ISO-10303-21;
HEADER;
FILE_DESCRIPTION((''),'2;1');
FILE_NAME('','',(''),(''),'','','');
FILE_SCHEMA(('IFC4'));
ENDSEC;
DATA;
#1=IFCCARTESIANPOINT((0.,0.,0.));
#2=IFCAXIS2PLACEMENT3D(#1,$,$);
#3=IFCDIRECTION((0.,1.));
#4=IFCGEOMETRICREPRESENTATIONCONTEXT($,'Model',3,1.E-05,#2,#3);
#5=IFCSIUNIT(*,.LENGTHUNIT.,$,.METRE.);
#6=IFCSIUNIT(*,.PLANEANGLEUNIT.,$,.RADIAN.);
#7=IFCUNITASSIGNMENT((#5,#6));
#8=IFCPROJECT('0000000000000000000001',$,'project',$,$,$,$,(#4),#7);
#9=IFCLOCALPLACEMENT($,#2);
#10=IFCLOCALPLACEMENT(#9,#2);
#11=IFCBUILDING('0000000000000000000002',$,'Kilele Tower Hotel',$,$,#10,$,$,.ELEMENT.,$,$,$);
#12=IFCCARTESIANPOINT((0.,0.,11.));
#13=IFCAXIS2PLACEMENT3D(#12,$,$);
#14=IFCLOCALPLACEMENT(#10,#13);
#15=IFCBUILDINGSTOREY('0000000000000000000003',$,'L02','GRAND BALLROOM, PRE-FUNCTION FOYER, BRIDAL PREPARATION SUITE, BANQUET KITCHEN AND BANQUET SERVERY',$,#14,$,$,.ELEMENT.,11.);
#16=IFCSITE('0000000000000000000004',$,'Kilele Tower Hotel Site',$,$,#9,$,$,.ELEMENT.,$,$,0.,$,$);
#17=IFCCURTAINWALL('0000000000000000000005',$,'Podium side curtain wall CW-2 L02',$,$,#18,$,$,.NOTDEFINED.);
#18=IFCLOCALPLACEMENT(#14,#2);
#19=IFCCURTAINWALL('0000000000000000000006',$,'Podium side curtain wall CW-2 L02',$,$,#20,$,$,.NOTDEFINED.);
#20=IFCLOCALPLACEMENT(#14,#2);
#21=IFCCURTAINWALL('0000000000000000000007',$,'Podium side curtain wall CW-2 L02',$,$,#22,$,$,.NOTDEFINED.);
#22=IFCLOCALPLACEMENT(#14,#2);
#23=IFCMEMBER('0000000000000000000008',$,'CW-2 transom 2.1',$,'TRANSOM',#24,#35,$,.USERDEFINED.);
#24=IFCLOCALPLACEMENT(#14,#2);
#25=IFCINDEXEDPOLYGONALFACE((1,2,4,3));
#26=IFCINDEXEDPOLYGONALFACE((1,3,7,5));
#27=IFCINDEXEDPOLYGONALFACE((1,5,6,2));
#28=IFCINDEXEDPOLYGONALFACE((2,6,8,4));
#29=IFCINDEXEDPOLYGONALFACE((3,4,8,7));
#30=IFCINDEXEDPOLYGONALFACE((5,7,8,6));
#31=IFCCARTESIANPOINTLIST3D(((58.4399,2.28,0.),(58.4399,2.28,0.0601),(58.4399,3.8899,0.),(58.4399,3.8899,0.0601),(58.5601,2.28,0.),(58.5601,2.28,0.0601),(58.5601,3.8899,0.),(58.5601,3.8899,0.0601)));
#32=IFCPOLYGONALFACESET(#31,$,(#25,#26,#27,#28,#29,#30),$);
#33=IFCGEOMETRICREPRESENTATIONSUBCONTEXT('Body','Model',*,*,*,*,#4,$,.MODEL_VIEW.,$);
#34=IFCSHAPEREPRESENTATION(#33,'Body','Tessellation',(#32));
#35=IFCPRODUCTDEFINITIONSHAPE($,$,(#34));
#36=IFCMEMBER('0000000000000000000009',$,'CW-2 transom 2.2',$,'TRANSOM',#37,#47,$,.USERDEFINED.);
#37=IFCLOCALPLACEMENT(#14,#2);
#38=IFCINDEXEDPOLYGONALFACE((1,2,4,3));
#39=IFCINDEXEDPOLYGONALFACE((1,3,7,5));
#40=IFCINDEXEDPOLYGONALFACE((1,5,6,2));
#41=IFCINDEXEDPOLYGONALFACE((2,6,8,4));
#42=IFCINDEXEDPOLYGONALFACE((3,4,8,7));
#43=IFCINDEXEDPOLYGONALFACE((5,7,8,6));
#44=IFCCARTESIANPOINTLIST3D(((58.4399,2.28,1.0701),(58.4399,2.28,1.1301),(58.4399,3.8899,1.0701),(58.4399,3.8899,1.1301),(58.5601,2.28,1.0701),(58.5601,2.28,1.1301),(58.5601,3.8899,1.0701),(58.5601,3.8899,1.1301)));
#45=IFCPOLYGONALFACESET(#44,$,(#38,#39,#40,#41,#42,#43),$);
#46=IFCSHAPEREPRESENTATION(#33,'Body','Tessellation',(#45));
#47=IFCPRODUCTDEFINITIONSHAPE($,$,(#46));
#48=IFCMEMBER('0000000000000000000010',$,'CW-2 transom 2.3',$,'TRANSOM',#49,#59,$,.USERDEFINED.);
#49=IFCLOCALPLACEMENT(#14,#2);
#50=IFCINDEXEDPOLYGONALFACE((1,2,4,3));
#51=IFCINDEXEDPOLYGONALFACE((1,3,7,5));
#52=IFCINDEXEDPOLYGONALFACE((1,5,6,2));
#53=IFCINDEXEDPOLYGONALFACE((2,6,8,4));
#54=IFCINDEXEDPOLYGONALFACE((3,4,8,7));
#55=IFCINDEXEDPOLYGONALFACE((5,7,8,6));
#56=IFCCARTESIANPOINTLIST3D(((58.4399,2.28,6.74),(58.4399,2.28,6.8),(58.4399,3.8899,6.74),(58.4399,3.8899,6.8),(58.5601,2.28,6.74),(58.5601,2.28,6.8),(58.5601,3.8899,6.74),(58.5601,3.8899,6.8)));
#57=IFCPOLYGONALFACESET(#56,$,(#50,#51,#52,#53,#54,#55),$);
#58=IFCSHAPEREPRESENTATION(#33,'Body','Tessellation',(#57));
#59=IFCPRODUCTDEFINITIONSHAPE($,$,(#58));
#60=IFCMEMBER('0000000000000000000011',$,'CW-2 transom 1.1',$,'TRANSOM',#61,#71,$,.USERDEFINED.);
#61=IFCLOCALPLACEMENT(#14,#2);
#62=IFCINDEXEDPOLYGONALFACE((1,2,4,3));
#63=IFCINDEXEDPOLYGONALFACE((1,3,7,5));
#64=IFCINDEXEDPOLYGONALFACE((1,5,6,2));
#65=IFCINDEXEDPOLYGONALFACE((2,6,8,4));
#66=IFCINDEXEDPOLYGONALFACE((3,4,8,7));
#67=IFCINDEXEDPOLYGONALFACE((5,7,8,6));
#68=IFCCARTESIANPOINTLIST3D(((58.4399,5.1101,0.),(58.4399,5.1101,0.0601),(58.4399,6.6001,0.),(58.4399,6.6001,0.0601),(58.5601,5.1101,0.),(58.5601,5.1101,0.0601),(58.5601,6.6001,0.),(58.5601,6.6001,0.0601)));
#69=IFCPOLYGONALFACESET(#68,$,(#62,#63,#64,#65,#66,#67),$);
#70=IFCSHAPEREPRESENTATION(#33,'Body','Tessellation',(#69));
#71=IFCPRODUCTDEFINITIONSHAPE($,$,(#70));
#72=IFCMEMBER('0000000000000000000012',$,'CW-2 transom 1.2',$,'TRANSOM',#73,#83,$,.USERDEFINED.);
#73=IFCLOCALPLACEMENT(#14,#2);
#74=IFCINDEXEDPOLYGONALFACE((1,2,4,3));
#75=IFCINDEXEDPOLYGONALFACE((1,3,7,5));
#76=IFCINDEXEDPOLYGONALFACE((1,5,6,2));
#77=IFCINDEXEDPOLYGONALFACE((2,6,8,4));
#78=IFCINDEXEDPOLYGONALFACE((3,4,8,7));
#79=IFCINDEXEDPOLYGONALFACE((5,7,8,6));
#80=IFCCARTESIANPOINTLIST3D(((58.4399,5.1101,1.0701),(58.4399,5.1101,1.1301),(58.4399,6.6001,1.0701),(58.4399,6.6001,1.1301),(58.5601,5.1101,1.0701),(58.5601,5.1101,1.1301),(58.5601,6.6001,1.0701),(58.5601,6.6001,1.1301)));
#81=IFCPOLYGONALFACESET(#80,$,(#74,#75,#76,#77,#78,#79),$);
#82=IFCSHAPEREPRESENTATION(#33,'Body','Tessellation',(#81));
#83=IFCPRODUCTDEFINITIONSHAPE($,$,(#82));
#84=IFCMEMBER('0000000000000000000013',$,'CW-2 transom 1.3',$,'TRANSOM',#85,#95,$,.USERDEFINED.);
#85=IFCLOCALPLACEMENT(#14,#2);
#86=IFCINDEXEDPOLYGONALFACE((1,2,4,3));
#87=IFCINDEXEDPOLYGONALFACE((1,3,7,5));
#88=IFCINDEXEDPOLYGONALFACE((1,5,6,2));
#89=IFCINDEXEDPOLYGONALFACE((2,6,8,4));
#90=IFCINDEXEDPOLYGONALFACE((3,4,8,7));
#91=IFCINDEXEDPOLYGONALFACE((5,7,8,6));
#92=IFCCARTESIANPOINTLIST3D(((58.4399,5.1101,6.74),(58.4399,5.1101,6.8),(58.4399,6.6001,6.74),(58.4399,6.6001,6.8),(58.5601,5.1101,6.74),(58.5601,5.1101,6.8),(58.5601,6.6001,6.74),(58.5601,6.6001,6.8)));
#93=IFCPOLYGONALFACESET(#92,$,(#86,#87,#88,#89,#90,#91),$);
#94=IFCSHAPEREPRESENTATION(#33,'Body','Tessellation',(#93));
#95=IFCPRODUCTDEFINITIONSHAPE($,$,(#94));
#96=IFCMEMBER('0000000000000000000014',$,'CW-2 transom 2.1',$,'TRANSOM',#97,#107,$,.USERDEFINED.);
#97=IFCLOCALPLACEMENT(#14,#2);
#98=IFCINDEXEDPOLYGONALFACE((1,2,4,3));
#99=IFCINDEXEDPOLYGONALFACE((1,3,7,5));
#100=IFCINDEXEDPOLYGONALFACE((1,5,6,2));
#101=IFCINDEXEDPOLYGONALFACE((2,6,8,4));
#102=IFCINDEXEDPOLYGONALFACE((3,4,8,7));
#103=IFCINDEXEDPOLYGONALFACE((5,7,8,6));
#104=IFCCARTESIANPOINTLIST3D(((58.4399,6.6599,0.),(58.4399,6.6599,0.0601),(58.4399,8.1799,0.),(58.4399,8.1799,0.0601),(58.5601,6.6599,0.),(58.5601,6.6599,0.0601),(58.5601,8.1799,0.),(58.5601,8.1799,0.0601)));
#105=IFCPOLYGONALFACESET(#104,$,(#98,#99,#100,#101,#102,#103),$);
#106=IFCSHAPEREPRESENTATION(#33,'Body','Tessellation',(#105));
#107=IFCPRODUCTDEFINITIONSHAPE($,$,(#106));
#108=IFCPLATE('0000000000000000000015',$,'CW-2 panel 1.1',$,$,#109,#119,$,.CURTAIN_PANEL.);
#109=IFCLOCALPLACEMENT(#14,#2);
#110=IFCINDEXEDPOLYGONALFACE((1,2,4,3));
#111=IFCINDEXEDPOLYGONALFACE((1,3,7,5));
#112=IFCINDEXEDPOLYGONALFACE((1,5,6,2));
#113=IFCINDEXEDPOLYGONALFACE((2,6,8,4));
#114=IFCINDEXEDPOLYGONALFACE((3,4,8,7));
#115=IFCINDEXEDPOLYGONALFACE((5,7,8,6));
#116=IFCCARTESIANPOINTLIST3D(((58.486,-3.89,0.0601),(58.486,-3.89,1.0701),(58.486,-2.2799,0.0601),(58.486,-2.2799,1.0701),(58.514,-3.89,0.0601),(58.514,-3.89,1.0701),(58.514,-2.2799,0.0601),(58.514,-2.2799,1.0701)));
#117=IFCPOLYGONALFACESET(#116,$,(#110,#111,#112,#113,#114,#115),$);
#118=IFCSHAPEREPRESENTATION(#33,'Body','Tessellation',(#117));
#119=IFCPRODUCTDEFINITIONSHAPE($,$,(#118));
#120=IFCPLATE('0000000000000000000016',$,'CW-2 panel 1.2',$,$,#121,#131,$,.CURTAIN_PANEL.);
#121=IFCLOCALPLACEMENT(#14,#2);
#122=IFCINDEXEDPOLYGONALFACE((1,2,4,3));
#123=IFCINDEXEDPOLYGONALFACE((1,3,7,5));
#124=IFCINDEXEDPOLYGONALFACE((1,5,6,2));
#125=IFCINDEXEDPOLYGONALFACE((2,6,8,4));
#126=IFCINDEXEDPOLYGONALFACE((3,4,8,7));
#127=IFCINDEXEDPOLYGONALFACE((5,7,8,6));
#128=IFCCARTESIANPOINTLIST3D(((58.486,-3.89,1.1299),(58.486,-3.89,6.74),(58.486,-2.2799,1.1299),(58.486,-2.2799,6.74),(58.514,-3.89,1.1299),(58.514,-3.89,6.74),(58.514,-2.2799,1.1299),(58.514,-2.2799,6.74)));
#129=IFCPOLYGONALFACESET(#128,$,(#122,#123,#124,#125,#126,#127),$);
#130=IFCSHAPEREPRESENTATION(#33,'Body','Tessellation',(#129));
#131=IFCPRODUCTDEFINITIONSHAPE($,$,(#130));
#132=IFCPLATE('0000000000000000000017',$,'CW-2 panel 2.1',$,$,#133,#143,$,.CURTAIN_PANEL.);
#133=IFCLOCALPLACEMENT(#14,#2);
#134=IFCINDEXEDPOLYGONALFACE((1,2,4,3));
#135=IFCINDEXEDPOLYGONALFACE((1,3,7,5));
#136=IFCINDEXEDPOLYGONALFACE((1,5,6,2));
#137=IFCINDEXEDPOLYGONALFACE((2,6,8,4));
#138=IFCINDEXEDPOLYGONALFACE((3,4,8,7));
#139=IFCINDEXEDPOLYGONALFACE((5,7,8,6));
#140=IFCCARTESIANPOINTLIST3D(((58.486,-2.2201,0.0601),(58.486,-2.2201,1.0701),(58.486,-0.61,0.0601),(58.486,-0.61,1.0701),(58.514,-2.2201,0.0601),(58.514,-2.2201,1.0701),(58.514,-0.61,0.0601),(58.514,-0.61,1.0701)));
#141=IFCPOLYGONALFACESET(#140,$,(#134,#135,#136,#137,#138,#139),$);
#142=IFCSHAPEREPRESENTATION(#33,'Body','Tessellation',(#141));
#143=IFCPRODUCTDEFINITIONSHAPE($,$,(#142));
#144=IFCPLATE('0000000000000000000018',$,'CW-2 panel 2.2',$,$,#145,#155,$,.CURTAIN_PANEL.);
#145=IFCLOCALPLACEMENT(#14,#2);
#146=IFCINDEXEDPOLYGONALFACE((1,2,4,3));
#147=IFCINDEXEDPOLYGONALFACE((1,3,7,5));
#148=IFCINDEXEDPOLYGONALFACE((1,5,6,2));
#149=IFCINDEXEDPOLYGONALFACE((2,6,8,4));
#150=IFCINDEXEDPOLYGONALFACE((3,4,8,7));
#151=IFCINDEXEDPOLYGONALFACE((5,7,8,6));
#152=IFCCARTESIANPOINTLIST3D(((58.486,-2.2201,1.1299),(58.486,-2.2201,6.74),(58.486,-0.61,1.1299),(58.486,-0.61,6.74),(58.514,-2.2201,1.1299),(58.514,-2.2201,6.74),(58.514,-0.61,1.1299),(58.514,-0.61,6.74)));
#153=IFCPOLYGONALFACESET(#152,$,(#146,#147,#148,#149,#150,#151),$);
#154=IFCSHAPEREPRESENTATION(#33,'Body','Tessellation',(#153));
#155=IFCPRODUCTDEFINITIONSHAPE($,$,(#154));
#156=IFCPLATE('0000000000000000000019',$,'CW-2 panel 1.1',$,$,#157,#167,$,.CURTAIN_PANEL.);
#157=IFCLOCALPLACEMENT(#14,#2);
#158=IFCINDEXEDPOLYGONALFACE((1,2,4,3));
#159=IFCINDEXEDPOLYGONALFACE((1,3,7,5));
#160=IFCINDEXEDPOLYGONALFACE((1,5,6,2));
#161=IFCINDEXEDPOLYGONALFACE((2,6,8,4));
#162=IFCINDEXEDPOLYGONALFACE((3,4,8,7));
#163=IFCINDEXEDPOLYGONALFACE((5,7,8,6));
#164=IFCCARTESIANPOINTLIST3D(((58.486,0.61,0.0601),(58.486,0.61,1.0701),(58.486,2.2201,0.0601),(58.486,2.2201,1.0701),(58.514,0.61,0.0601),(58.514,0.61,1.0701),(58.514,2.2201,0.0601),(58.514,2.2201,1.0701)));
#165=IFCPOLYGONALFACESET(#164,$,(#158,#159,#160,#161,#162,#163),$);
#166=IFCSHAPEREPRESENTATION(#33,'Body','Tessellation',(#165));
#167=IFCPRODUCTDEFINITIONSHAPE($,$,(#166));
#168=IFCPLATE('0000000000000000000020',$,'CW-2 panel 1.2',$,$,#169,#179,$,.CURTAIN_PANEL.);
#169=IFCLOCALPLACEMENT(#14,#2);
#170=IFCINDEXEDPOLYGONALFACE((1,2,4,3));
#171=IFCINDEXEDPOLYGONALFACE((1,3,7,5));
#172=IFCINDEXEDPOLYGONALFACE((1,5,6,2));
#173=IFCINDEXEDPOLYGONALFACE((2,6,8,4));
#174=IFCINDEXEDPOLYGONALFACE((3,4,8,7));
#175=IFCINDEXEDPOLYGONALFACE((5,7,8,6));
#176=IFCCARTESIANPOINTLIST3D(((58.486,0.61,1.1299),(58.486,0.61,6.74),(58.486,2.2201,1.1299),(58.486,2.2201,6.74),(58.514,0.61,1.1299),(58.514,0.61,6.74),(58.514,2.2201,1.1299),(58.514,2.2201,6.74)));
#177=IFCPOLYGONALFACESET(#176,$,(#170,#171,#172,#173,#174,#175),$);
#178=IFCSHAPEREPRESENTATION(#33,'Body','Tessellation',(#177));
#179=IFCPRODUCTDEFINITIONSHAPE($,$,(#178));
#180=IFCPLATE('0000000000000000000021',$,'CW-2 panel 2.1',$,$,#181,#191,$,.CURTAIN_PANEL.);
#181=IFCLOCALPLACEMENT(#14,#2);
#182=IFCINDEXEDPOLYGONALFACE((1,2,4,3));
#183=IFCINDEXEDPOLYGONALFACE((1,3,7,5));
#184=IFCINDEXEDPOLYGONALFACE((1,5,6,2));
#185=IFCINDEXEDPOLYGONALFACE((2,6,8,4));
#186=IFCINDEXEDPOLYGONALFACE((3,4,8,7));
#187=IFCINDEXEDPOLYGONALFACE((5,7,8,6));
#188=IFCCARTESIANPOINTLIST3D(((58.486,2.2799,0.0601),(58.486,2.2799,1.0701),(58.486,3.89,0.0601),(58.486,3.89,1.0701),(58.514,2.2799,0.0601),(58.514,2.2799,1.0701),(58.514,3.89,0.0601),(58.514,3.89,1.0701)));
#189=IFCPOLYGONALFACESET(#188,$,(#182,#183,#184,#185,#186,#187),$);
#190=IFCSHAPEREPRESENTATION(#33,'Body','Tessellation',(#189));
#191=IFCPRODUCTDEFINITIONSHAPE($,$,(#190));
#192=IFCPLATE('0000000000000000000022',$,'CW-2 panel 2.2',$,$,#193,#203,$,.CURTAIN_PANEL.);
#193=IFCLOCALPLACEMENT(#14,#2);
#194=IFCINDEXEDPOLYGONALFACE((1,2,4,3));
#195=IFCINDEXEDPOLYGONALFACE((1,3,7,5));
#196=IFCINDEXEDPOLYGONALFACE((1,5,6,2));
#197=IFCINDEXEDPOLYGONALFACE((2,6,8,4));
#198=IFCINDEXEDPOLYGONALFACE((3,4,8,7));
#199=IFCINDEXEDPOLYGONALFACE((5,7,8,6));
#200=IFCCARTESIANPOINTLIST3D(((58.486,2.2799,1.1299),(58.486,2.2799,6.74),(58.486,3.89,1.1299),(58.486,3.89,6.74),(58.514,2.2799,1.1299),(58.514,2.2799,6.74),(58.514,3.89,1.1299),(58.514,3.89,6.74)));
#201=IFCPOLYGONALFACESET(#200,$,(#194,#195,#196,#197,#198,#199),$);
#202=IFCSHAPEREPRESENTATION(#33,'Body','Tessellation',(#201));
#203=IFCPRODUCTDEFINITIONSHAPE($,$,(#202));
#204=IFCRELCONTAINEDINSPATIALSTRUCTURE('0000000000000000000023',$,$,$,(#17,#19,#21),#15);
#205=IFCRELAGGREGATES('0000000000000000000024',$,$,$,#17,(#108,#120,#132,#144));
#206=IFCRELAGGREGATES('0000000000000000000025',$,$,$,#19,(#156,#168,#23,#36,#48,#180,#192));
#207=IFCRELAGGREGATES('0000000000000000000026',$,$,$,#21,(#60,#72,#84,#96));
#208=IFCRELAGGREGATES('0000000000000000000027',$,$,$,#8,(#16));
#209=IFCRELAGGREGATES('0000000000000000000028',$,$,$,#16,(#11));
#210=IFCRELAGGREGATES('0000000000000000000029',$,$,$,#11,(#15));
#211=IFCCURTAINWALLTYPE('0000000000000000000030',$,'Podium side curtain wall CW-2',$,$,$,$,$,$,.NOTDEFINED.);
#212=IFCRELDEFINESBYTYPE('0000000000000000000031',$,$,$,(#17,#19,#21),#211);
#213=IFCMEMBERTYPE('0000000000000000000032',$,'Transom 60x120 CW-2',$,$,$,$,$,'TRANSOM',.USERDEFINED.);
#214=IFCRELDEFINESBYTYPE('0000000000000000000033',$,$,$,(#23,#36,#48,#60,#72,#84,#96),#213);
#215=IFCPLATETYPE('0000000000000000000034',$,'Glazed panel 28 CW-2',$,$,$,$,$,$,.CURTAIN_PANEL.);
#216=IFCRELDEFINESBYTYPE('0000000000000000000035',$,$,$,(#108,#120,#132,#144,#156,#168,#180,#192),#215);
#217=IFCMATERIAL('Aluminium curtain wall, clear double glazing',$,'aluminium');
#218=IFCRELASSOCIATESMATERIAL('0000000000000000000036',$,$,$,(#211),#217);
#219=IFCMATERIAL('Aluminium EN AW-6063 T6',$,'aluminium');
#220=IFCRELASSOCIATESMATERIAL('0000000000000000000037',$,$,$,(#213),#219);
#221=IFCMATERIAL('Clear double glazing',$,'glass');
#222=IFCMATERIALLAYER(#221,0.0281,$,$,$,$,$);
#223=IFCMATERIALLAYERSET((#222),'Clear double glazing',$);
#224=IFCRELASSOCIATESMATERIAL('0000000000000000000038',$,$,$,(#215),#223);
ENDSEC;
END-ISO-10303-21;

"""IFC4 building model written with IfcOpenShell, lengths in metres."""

from ifc_helpers import new_model, si_unit, direction, frame, origin, origin_2d, place, context, subcontext, project, spatial, rectangle, extrude, material, layer, layer_set, material_profile, profile_set, type_object, element, aggregate, save


model = new_model("IFC4")

# Units and contexts
model_context = context("Model", 3, precision=1e-05, world=origin(), true_north=direction((0.0, 1.0)))
body_context = subcontext(model_context, "Body", "Model", "MODEL_VIEW")
ifc_project = project(units=[si_unit("LENGTHUNIT", "METRE"), si_unit("PLANEANGLEUNIT", "RADIAN")], contexts=[model_context])

# Site, building, storey
site_placement = place(None, origin())
site = spatial("IfcSite", under=ifc_project, at=site_placement, Name="Kilele Tower Hotel Site", CompositionType="ELEMENT", RefElevation=0.0)
building_placement = place(site_placement, origin())
building = spatial("IfcBuilding", under=site, at=building_placement, Name="Kilele Tower Hotel", CompositionType="ELEMENT")
storey_placement = place(building_placement, frame((0.0, 0.0, 11.0)))
storey = spatial("IfcBuildingStorey", under=building, at=storey_placement, Name="L02", Description="GRAND BALLROOM, PRE-FUNCTION FOYER, BRIDAL PREPARATION SUITE, BANQUET KITCHEN AND BANQUET SERVERY", CompositionType="ELEMENT", Elevation=11.0)

# Curtain walls
ifc_material_1 = material(Name="Aluminium curtain wall, clear double glazing", Category="aluminium")
curtain_wall_type = type_object("IfcCurtainWallType", Name="Podium side curtain wall CW-2", PredefinedType="NOTDEFINED", material=ifc_material_1)
curtain_wall_1_placement = place(storey_placement, origin())
curtain_wall_1 = element("IfcCurtainWall", 1, at=curtain_wall_1_placement, inside=storey, type_object=curtain_wall_type, Name="Podium side curtain wall CW-2 L02", PredefinedType="NOTDEFINED")
curtain_wall_2_placement = place(storey_placement, origin())
curtain_wall_2 = element("IfcCurtainWall", 2, at=curtain_wall_2_placement, inside=storey, type_object=curtain_wall_type, Name="Podium side curtain wall CW-2 L02", PredefinedType="NOTDEFINED")
curtain_wall_3_placement = place(storey_placement, origin())
curtain_wall_3 = element("IfcCurtainWall", 3, at=curtain_wall_3_placement, inside=storey, type_object=curtain_wall_type, Name="Podium side curtain wall CW-2 L02", PredefinedType="NOTDEFINED")

# Members
ifc_material_2 = material(Name="Aluminium EN AW-6063 T6", Category="aluminium")
ifc_material_profile_1 = material_profile(ifc_material_2, rectangle(XDim=0.1201, YDim=0.0601, at=origin_2d()))
ifc_profile_set_1 = profile_set([ifc_material_profile_1], Name="Aluminium EN AW-6063 T6")
member_type_1 = type_object("IfcMemberType", Name="Transom 60x120 CW-2", ElementType="TRANSOM", PredefinedType="USERDEFINED", material=ifc_profile_set_1)
member_1_placement = place(storey_placement, frame((58.5, 2.28, 0.03), z_axis=(0.0, 1.0, 0.0), x_axis=(-1.0, 0.0, 0.0)))
member_1 = element("IfcMember", 4, at=member_1_placement, type_object=member_type_1, Name="CW-2 transom 2.1", ObjectType="TRANSOM", PredefinedType="USERDEFINED", context=body_context, shape_type="SweptSolid", body=[
    extrude(rectangle(XDim=0.1201, YDim=0.0601, at=origin_2d()), origin(), (0.0, 0.0, 1.0), 1.6099),
])
member_2_placement = place(storey_placement, frame((58.5, 2.28, 1.1001), z_axis=(0.0, 1.0, 0.0), x_axis=(-1.0, 0.0, 0.0)))
member_2 = element("IfcMember", 5, at=member_2_placement, type_object=member_type_1, Name="CW-2 transom 2.2", ObjectType="TRANSOM", PredefinedType="USERDEFINED", context=body_context, shape_type="SweptSolid", body=[
    extrude(rectangle(XDim=0.1201, YDim=0.0601, at=origin_2d()), origin(), (0.0, 0.0, 1.0), 1.6099),
])
member_3_placement = place(storey_placement, frame((58.5, 2.28, 6.77), z_axis=(0.0, 1.0, 0.0), x_axis=(-1.0, 0.0, 0.0)))
member_3 = element("IfcMember", 6, at=member_3_placement, type_object=member_type_1, Name="CW-2 transom 2.3", ObjectType="TRANSOM", PredefinedType="USERDEFINED", context=body_context, shape_type="SweptSolid", body=[
    extrude(rectangle(XDim=0.1201, YDim=0.0601, at=origin_2d()), origin(), (0.0, 0.0, 1.0), 1.6099),
])
member_4_placement = place(storey_placement, frame((58.5, 5.1101, 0.03), z_axis=(0.0, 1.0, 0.0), x_axis=(-1.0, 0.0, 0.0)))
member_4 = element("IfcMember", 7, at=member_4_placement, type_object=member_type_1, Name="CW-2 transom 1.1", ObjectType="TRANSOM", PredefinedType="USERDEFINED", context=body_context, shape_type="SweptSolid", body=[
    extrude(rectangle(XDim=0.1201, YDim=0.0601, at=origin_2d()), origin(), (0.0, 0.0, 1.0), 1.49),
])
member_5_placement = place(storey_placement, frame((58.5, 5.1101, 1.1001), z_axis=(0.0, 1.0, 0.0), x_axis=(-1.0, 0.0, 0.0)))
member_5 = element("IfcMember", 8, at=member_5_placement, type_object=member_type_1, Name="CW-2 transom 1.2", ObjectType="TRANSOM", PredefinedType="USERDEFINED", context=body_context, shape_type="SweptSolid", body=[
    extrude(rectangle(XDim=0.1201, YDim=0.0601, at=origin_2d()), origin(), (0.0, 0.0, 1.0), 1.49),
])
member_6_placement = place(storey_placement, frame((58.5, 5.1101, 6.77), z_axis=(0.0, 1.0, 0.0), x_axis=(-1.0, 0.0, 0.0)))
member_6 = element("IfcMember", 9, at=member_6_placement, type_object=member_type_1, Name="CW-2 transom 1.3", ObjectType="TRANSOM", PredefinedType="USERDEFINED", context=body_context, shape_type="SweptSolid", body=[
    extrude(rectangle(XDim=0.1201, YDim=0.0601, at=origin_2d()), origin(), (0.0, 0.0, 1.0), 1.49),
])
member_7_placement = place(storey_placement, frame((58.5, 6.6599, 0.03), z_axis=(0.0, 1.0, 0.0), x_axis=(-1.0, 0.0, 0.0)))
member_7 = element("IfcMember", 10, at=member_7_placement, type_object=member_type_1, Name="CW-2 transom 2.1", ObjectType="TRANSOM", PredefinedType="USERDEFINED", context=body_context, shape_type="SweptSolid", body=[
    extrude(rectangle(XDim=0.1201, YDim=0.0601, at=origin_2d()), origin(), (0.0, 0.0, 1.0), 1.52),
])

# Plates
ifc_material_3 = material(Name="Clear double glazing", Category="glass")
ifc_layer = layer(ifc_material_3, 0.0281)
ifc_layer_set = layer_set([ifc_layer], Name="Clear double glazing")
plate_type = type_object("IfcPlateType", Name="Glazed panel 28 CW-2", PredefinedType="CURTAIN_PANEL", material=ifc_layer_set)
plate_1_placement = place(storey_placement, frame((58.5, -3.085, 0.0601), z_axis=(0.0, 0.0, 1.0), x_axis=(0.0, 1.0, 0.0)))
plate_1 = element("IfcPlate", 11, at=plate_1_placement, type_object=plate_type, Name="CW-2 panel 1.1", PredefinedType="CURTAIN_PANEL", context=body_context, shape_type="SweptSolid", body=[
    extrude(rectangle(XDim=1.6101, YDim=0.0281, at=origin_2d()), origin(), (0.0, 0.0, 1.0), 1.01),
])
plate_2_placement = place(storey_placement, frame((58.5, -3.085, 1.1299), z_axis=(0.0, 0.0, 1.0), x_axis=(0.0, 1.0, 0.0)))
plate_2 = element("IfcPlate", 12, at=plate_2_placement, type_object=plate_type, Name="CW-2 panel 1.2", PredefinedType="CURTAIN_PANEL", context=body_context, shape_type="SweptSolid", body=[
    extrude(rectangle(XDim=1.6101, YDim=0.0281, at=origin_2d()), origin(), (0.0, 0.0, 1.0), 5.6101),
])
plate_3_placement = place(storey_placement, frame((58.5, -1.415, 0.0601), z_axis=(0.0, 0.0, 1.0), x_axis=(0.0, 1.0, 0.0)))
plate_3 = element("IfcPlate", 13, at=plate_3_placement, type_object=plate_type, Name="CW-2 panel 2.1", PredefinedType="CURTAIN_PANEL", context=body_context, shape_type="SweptSolid", body=[
    extrude(rectangle(XDim=1.6101, YDim=0.0281, at=origin_2d()), origin(), (0.0, 0.0, 1.0), 1.01),
])
plate_4_placement = place(storey_placement, frame((58.5, -1.415, 1.1299), z_axis=(0.0, 0.0, 1.0), x_axis=(0.0, 1.0, 0.0)))
plate_4 = element("IfcPlate", 14, at=plate_4_placement, type_object=plate_type, Name="CW-2 panel 2.2", PredefinedType="CURTAIN_PANEL", context=body_context, shape_type="SweptSolid", body=[
    extrude(rectangle(XDim=1.6101, YDim=0.0281, at=origin_2d()), origin(), (0.0, 0.0, 1.0), 5.6101),
])
aggregate(curtain_wall_1, [plate_1, plate_2, plate_3, plate_4])
plate_5_placement = place(storey_placement, frame((58.5, 1.415, 0.0601), z_axis=(0.0, 0.0, 1.0), x_axis=(0.0, 1.0, 0.0)))
plate_5 = element("IfcPlate", 15, at=plate_5_placement, type_object=plate_type, Name="CW-2 panel 1.1", PredefinedType="CURTAIN_PANEL", context=body_context, shape_type="SweptSolid", body=[
    extrude(rectangle(XDim=1.6101, YDim=0.0281, at=origin_2d()), origin(), (0.0, 0.0, 1.0), 1.01),
])
plate_6_placement = place(storey_placement, frame((58.5, 1.415, 1.1299), z_axis=(0.0, 0.0, 1.0), x_axis=(0.0, 1.0, 0.0)))
plate_6 = element("IfcPlate", 16, at=plate_6_placement, type_object=plate_type, Name="CW-2 panel 1.2", PredefinedType="CURTAIN_PANEL", context=body_context, shape_type="SweptSolid", body=[
    extrude(rectangle(XDim=1.6101, YDim=0.0281, at=origin_2d()), origin(), (0.0, 0.0, 1.0), 5.6101),
])
plate_7_placement = place(storey_placement, frame((58.5, 3.085, 0.0601), z_axis=(0.0, 0.0, 1.0), x_axis=(0.0, 1.0, 0.0)))
plate_7 = element("IfcPlate", 17, at=plate_7_placement, type_object=plate_type, Name="CW-2 panel 2.1", PredefinedType="CURTAIN_PANEL", context=body_context, shape_type="SweptSolid", body=[
    extrude(rectangle(XDim=1.6101, YDim=0.0281, at=origin_2d()), origin(), (0.0, 0.0, 1.0), 1.01),
])
plate_8_placement = place(storey_placement, frame((58.5, 3.085, 1.1299), z_axis=(0.0, 0.0, 1.0), x_axis=(0.0, 1.0, 0.0)))
plate_8 = element("IfcPlate", 18, at=plate_8_placement, type_object=plate_type, Name="CW-2 panel 2.2", PredefinedType="CURTAIN_PANEL", context=body_context, shape_type="SweptSolid", body=[
    extrude(rectangle(XDim=1.6101, YDim=0.0281, at=origin_2d()), origin(), (0.0, 0.0, 1.0), 5.6101),
])
aggregate(curtain_wall_2, [plate_5, plate_6, member_1, member_2, member_3, plate_7, plate_8])
aggregate(curtain_wall_3, [member_4, member_5, member_6, member_7])

save(model, "model.ifc")
